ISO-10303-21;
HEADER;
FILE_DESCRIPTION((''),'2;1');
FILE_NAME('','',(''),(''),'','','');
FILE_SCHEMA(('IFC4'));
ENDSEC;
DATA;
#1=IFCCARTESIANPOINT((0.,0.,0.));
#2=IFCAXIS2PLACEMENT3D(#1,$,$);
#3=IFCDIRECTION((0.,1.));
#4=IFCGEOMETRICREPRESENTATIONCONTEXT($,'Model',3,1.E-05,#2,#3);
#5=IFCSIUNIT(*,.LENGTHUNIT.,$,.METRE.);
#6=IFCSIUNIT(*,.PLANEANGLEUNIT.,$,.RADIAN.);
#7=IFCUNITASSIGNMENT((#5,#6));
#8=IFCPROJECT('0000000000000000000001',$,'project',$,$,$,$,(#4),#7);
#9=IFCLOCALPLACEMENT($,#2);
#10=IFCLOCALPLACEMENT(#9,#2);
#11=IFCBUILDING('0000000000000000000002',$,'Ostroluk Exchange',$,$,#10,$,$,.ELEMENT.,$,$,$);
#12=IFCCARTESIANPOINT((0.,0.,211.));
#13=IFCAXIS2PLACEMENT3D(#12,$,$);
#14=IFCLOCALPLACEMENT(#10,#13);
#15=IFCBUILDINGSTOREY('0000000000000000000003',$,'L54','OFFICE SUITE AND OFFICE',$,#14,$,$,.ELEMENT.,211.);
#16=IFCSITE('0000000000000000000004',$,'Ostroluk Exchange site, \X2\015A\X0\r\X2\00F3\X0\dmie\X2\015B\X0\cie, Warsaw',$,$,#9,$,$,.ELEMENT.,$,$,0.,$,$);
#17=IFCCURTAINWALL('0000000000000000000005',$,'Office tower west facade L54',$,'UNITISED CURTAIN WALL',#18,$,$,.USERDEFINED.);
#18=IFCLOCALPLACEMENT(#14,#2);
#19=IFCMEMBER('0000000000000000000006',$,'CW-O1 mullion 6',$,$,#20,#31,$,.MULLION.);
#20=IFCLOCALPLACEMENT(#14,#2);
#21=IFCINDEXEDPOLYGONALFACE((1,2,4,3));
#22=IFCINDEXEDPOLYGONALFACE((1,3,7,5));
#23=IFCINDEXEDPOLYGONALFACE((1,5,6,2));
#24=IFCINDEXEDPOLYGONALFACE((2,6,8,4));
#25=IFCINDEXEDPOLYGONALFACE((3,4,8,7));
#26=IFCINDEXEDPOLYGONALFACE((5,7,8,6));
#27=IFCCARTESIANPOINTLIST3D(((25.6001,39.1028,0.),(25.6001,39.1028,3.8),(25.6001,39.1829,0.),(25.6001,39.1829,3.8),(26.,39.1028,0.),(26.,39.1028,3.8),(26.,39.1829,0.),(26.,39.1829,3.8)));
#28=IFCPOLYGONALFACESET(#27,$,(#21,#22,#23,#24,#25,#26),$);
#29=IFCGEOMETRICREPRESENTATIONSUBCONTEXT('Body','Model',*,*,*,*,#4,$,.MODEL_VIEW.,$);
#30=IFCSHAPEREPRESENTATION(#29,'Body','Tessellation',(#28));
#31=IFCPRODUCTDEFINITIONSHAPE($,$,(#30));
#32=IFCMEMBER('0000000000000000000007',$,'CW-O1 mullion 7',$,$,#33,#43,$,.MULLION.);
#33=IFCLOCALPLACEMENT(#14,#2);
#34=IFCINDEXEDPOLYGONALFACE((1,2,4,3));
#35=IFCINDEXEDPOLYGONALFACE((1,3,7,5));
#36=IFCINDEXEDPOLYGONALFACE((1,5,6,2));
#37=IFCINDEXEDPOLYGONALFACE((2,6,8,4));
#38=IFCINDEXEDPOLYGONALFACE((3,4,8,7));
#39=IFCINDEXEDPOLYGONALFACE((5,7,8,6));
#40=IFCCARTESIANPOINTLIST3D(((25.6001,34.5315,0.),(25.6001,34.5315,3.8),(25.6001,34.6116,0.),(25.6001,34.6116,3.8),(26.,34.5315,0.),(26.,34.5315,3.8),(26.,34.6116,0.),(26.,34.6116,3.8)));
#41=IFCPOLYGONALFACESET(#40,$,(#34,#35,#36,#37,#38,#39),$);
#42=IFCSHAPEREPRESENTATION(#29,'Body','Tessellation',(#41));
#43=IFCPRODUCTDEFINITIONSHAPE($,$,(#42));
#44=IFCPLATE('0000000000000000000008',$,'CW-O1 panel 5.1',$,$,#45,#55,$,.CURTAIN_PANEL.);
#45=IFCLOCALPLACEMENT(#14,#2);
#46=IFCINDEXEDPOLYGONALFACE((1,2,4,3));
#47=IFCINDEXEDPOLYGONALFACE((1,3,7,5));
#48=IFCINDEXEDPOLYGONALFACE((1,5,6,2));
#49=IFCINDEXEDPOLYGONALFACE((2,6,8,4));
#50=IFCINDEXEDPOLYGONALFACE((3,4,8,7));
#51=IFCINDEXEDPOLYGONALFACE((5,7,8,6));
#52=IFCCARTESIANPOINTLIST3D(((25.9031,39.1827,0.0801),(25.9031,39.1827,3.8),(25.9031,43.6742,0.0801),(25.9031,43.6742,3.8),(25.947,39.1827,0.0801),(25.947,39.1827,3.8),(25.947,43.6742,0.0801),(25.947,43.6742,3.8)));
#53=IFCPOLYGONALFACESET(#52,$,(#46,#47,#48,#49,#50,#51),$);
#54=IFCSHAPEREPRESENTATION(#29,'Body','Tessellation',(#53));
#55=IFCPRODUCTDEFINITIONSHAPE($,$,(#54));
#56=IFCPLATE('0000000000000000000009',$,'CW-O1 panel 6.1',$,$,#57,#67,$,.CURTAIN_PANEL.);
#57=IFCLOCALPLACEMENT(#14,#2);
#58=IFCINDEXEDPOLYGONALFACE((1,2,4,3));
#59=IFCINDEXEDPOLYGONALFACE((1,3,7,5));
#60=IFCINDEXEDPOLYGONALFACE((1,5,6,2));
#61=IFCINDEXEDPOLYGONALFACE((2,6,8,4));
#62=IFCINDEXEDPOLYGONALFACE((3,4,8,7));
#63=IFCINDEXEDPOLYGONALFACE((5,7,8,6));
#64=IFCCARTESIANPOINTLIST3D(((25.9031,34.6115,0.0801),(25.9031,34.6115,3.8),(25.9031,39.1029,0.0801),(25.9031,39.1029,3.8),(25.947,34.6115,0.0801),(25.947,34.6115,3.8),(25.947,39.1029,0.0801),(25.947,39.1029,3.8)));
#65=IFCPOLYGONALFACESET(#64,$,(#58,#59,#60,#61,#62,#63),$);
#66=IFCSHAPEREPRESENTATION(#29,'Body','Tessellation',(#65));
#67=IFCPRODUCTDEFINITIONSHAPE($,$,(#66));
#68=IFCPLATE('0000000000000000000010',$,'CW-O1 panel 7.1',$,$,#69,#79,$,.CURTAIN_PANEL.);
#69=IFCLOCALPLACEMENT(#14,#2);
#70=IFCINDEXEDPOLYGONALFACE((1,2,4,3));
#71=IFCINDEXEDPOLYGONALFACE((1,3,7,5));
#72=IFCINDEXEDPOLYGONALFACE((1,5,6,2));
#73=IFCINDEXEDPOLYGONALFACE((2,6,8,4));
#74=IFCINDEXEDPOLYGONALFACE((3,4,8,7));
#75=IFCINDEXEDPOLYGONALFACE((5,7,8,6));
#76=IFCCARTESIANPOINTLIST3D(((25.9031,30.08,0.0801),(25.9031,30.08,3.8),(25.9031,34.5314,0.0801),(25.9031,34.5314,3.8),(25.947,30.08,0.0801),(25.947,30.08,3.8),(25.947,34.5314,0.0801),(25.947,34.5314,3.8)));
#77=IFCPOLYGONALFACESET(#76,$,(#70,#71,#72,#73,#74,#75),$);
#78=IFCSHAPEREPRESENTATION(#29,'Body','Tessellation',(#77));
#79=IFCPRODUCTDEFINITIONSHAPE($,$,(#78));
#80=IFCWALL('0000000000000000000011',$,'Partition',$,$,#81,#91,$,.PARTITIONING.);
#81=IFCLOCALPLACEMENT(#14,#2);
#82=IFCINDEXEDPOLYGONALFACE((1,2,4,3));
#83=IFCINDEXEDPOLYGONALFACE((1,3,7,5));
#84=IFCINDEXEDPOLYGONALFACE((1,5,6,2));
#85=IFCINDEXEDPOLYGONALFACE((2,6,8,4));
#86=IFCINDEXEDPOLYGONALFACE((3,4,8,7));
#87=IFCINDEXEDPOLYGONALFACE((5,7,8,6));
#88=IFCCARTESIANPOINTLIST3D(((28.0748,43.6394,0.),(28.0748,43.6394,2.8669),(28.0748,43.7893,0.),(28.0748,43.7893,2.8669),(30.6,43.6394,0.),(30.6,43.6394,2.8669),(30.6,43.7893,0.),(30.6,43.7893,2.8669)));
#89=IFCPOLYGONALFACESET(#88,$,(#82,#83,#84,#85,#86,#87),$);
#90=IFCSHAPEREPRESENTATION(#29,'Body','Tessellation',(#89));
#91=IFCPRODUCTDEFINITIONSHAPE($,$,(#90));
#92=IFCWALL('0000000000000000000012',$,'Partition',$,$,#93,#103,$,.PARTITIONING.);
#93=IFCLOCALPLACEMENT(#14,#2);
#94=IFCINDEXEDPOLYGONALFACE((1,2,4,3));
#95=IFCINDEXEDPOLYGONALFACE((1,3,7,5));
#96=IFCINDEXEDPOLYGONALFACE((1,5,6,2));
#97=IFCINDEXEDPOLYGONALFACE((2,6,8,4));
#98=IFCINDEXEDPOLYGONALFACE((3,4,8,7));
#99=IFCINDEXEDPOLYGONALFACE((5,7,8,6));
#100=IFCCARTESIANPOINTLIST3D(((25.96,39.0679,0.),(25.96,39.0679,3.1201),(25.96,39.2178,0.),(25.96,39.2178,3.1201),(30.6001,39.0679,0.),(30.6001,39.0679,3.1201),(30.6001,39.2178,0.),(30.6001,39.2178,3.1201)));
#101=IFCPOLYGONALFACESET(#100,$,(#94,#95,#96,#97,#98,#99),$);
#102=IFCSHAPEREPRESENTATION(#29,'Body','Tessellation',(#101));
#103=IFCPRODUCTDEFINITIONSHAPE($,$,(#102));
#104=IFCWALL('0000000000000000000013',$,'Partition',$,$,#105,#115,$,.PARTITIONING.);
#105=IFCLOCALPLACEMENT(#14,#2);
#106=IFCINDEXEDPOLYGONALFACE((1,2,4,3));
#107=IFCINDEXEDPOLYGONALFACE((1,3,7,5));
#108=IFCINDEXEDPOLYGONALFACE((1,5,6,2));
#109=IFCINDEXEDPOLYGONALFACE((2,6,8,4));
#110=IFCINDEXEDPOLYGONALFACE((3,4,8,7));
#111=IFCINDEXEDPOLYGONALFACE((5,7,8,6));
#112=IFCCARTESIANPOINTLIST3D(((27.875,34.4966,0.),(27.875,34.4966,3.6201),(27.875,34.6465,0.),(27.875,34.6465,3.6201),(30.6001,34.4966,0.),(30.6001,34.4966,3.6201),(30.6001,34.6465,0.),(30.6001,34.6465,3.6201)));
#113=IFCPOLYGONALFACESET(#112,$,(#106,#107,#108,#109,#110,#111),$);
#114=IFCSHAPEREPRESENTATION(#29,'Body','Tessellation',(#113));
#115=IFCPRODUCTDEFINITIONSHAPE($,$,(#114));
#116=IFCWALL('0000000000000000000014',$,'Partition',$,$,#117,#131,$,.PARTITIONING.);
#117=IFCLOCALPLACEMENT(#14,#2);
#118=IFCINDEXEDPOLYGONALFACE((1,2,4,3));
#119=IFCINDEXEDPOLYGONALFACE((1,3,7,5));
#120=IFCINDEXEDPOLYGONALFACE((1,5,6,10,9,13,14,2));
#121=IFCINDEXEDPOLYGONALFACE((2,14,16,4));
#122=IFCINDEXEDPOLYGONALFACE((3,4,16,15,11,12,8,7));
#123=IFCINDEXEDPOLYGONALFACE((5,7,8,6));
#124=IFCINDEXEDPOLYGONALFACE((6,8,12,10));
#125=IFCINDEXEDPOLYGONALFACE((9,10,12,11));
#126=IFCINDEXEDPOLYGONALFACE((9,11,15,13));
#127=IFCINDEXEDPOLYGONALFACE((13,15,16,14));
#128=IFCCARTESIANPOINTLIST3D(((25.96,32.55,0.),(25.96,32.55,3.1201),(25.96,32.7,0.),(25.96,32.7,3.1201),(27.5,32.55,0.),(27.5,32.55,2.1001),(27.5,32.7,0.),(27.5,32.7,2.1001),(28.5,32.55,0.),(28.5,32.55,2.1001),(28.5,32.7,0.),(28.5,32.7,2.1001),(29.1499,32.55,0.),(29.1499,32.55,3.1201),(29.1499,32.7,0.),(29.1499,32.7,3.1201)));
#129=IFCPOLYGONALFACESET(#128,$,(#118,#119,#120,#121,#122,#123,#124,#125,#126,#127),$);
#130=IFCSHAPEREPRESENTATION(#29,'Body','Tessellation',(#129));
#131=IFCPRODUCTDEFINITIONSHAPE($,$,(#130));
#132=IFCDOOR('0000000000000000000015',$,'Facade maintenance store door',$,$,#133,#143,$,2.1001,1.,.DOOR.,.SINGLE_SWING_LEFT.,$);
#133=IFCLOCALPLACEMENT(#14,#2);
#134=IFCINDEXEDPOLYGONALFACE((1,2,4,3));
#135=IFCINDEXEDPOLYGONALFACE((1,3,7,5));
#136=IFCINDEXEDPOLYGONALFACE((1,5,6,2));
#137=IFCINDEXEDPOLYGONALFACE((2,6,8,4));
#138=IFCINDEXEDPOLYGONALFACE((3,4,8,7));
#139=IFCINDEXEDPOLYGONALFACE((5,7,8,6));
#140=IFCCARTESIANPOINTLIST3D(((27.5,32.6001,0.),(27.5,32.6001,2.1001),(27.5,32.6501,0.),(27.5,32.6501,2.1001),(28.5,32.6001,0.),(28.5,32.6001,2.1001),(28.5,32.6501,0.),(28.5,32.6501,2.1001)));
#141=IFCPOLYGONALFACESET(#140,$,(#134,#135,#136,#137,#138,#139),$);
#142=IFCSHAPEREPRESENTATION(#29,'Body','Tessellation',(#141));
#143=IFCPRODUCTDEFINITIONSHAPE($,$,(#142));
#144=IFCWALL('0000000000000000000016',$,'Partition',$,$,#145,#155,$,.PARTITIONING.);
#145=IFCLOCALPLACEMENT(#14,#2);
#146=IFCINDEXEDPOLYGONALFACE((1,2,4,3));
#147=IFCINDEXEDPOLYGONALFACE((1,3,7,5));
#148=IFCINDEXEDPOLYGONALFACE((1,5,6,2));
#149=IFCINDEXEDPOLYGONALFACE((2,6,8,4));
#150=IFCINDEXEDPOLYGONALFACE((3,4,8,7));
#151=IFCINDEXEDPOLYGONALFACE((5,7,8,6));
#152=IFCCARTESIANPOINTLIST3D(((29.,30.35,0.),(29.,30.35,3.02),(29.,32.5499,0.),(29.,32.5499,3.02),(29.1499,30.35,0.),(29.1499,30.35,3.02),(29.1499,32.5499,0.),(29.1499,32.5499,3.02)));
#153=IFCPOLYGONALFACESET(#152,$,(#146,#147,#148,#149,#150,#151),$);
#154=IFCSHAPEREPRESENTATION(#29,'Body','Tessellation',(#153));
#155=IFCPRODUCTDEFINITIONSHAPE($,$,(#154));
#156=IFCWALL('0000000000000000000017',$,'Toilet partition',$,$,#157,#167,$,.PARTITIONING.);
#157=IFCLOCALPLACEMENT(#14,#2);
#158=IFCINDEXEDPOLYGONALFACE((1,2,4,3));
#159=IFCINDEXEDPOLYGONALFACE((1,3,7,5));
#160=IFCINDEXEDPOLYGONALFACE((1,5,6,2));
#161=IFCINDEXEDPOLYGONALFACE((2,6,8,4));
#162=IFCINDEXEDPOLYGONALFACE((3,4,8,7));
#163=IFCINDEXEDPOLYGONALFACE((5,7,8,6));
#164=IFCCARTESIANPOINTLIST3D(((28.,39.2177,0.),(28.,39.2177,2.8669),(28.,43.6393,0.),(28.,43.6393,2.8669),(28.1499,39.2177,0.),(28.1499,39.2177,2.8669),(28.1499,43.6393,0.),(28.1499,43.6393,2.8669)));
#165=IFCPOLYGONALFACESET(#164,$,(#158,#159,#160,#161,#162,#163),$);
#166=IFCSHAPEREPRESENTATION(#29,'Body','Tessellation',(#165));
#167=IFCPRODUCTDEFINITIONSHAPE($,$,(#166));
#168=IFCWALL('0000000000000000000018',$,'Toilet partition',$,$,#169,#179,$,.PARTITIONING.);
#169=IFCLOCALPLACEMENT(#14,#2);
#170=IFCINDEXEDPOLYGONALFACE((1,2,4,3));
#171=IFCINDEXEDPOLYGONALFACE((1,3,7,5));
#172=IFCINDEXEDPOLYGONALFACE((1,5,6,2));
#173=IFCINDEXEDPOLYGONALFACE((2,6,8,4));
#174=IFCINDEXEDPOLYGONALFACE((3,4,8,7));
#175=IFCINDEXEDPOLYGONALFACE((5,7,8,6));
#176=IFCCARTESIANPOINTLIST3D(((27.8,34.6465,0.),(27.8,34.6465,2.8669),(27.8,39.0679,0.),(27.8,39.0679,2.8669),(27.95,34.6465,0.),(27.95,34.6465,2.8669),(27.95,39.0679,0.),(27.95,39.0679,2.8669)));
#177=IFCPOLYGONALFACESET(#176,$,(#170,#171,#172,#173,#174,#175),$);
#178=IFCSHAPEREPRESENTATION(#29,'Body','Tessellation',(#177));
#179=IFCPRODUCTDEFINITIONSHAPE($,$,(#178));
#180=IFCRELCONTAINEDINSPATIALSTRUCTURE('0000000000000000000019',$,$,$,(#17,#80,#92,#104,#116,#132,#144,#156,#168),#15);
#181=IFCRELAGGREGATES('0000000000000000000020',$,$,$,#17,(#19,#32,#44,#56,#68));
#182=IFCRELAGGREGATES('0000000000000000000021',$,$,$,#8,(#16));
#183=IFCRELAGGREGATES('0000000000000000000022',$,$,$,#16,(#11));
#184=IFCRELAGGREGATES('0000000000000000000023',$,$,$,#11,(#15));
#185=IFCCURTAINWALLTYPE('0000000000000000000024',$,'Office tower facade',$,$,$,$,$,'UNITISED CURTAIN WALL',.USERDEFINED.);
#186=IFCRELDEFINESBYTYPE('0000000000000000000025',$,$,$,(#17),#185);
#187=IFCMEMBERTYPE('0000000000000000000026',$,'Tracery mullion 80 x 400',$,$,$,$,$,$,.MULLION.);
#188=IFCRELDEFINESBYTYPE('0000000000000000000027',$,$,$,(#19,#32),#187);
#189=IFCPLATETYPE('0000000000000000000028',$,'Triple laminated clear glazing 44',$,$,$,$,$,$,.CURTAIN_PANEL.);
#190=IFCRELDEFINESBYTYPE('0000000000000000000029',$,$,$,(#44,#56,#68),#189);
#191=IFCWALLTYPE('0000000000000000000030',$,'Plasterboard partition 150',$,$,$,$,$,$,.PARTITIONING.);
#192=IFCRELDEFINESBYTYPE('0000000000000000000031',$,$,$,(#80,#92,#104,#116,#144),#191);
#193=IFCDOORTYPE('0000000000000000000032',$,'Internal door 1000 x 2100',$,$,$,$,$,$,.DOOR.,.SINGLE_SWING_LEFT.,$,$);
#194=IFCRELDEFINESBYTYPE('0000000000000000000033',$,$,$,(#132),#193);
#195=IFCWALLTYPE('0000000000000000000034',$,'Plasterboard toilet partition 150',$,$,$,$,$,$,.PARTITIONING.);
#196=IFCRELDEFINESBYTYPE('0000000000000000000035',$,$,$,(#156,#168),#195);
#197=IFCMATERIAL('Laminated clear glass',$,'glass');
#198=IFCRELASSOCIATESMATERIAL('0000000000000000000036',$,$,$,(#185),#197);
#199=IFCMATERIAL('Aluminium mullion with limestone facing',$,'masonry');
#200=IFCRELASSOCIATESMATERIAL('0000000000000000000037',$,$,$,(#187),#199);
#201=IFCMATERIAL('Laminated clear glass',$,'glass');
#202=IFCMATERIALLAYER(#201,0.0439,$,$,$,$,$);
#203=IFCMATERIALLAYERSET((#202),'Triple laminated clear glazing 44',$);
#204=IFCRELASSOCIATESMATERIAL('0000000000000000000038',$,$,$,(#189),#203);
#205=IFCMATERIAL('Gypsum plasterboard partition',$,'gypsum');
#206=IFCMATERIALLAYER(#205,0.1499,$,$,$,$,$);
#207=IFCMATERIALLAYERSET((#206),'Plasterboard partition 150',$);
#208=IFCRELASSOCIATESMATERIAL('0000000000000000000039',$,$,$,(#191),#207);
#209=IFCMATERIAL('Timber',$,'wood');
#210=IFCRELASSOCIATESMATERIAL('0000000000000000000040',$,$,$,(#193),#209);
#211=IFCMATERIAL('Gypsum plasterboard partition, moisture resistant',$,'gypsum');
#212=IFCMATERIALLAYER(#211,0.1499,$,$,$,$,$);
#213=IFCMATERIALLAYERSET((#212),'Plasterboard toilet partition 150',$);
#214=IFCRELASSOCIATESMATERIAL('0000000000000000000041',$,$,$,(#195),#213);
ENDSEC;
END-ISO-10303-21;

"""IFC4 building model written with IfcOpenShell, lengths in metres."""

from ifc_helpers import new_model, si_unit, direction, frame, frame_2d, origin, origin_2d, place, context, subcontext, project, spatial, rectangle, extrude, material, layer, layer_set, material_profile, profile_set, type_object, element, fill, aggregate, save


model = new_model("IFC4")

# Units and contexts
model_context = context("Model", 3, precision=1e-05, world=origin(), true_north=direction((0.0, 1.0)))
body_context = subcontext(model_context, "Body", "Model", "MODEL_VIEW")
ifc_project = project(units=[si_unit("LENGTHUNIT", "METRE"), si_unit("PLANEANGLEUNIT", "RADIAN")], contexts=[model_context])

# Site, building, storey
site_placement = place(None, origin())
site = spatial("IfcSite", under=ifc_project, at=site_placement, Name="Ostroluk Exchange site, Śródmieście, Warsaw", CompositionType="ELEMENT", RefElevation=0.0)
building_placement = place(site_placement, origin())
building = spatial("IfcBuilding", under=site, at=building_placement, Name="Ostroluk Exchange", CompositionType="ELEMENT")
storey_placement = place(building_placement, frame((0.0, 0.0, 211.0)))
storey = spatial("IfcBuildingStorey", under=building, at=storey_placement, Name="L54", Description="OFFICE SUITE AND OFFICE", CompositionType="ELEMENT", Elevation=211.0)

# Curtain wall, members, plates
ifc_material_1 = material(Name="Laminated clear glass", Category="glass")
curtain_wall_type = type_object("IfcCurtainWallType", Name="Office tower facade", ElementType="UNITISED CURTAIN WALL", PredefinedType="USERDEFINED", material=ifc_material_1)
curtain_wall_placement = place(storey_placement, origin())
curtain_wall = element("IfcCurtainWall", 1, at=curtain_wall_placement, inside=storey, type_object=curtain_wall_type, Name="Office tower west facade L54", ObjectType="UNITISED CURTAIN WALL", PredefinedType="USERDEFINED")
ifc_material_2 = material(Name="Aluminium mullion with limestone facing", Category="masonry")
ifc_material_profile_1 = material_profile(ifc_material_2, rectangle(XDim=0.3999, YDim=0.0801, at=origin_2d()), Name="Tracery mullion 80 x 400")
ifc_profile_set_1 = profile_set([ifc_material_profile_1], Name="Aluminium mullion with limestone facing")
member_type_1 = type_object("IfcMemberType", Name="Tracery mullion 80 x 400", PredefinedType="MULLION", material=ifc_profile_set_1)
member_1_placement = place(storey_placement, frame((25.8, 39.1428, 0.0), z_axis=(0.0, 0.0, 1.0), x_axis=(1.0, 0.0, 0.0)))
member_1 = element("IfcMember", 2, at=member_1_placement, type_object=member_type_1, Name="CW-O1 mullion 6", PredefinedType="MULLION", context=body_context, shape_type="SweptSolid", body=[
    extrude(rectangle(XDim=0.3999, YDim=0.0801, at=origin_2d()), origin(), (0.0, 0.0, 1.0), 3.8),
])
member_2_placement = place(storey_placement, frame((25.8, 34.5715, 0.0), z_axis=(0.0, 0.0, 1.0), x_axis=(1.0, 0.0, 0.0)))
member_2 = element("IfcMember", 3, at=member_2_placement, type_object=member_type_1, Name="CW-O1 mullion 7", PredefinedType="MULLION", context=body_context, shape_type="SweptSolid", body=[
    extrude(rectangle(XDim=0.3999, YDim=0.0801, at=origin_2d()), origin(), (0.0, 0.0, 1.0), 3.8),
])
ifc_material_3 = material(Name="Laminated clear glass", Category="glass")
ifc_layer_1 = layer(ifc_material_3, 0.0439)
ifc_layer_set_1 = layer_set([ifc_layer_1], Name="Triple laminated clear glazing 44")
plate_type = type_object("IfcPlateType", Name="Triple laminated clear glazing 44", PredefinedType="CURTAIN_PANEL", material=ifc_layer_set_1)
plate_1_placement = place(storey_placement, frame((25.925, 41.4285, 0.0801), z_axis=(0.0, 0.0, 1.0), x_axis=(0.0, -1.0, 0.0)))
plate_1 = element("IfcPlate", 4, at=plate_1_placement, type_object=plate_type, Name="CW-O1 panel 5.1", PredefinedType="CURTAIN_PANEL", context=body_context, shape_type="SweptSolid", body=[
    extrude(rectangle(XDim=4.4915, YDim=0.0439, at=origin_2d()), origin(), (0.0, 0.0, 1.0), 3.72),
])
plate_2_placement = place(storey_placement, frame((25.925, 36.8572, 0.0801), z_axis=(0.0, 0.0, 1.0), x_axis=(0.0, -1.0, 0.0)))
plate_2 = element("IfcPlate", 5, at=plate_2_placement, type_object=plate_type, Name="CW-O1 panel 6.1", PredefinedType="CURTAIN_PANEL", context=body_context, shape_type="SweptSolid", body=[
    extrude(rectangle(XDim=4.4915, YDim=0.0439, at=origin_2d()), origin(), (0.0, 0.0, 1.0), 3.72),
])
plate_3_placement = place(storey_placement, frame((25.925, 32.3057, 0.0801), z_axis=(0.0, 0.0, 1.0), x_axis=(0.0, -1.0, 0.0)))
plate_3 = element("IfcPlate", 6, at=plate_3_placement, type_object=plate_type, Name="CW-O1 panel 7.1", PredefinedType="CURTAIN_PANEL", context=body_context, shape_type="SweptSolid", body=[
    extrude(rectangle(XDim=4.4514, YDim=0.0439, at=origin_2d()), origin(), (0.0, 0.0, 1.0), 3.72),
])
aggregate(curtain_wall, [member_1, member_2, plate_1, plate_2, plate_3])

# Walls
ifc_material_4 = material(Name="Gypsum plasterboard partition", Category="gypsum")
ifc_layer_2 = layer(ifc_material_4, 0.1499)
ifc_layer_set_2 = layer_set([ifc_layer_2], Name="Plasterboard partition 150")
wall_type_1 = type_object("IfcWallType", Name="Plasterboard partition 150", PredefinedType="PARTITIONING", material=ifc_layer_set_2)
wall_1_placement = place(storey_placement, frame((30.6001, 43.7144, 0.0), z_axis=(0.0, 0.0, 1.0), x_axis=(-1.0, 0.0, 0.0)))
element("IfcWall", 7, at=wall_1_placement, inside=storey, type_object=wall_type_1, Name="Partition", PredefinedType="PARTITIONING", context=body_context, shape_type="SweptSolid", body=[
    extrude(rectangle(XDim=2.5251, YDim=0.1499, at=frame_2d((1.2627, 0.0))), origin(), (0.0, 0.0, 1.0), 2.8669),
])
wall_2_placement = place(storey_placement, frame((30.6001, 39.1428, 0.0), z_axis=(0.0, 0.0, 1.0), x_axis=(-1.0, 0.0, 0.0)))
element("IfcWall", 8, at=wall_2_placement, inside=storey, type_object=wall_type_1, Name="Partition", PredefinedType="PARTITIONING", context=body_context, shape_type="SweptSolid", body=[
    extrude(rectangle(XDim=4.6401, YDim=0.1499, at=frame_2d((2.3201, 0.0))), origin(), (0.0, 0.0, 1.0), 3.1201),
])
wall_3_placement = place(storey_placement, frame((30.6001, 34.5715, 0.0), z_axis=(0.0, 0.0, 1.0), x_axis=(-1.0, 0.0, 0.0)))
element("IfcWall", 9, at=wall_3_placement, inside=storey, type_object=wall_type_1, Name="Partition", PredefinedType="PARTITIONING", context=body_context, shape_type="SweptSolid", body=[
    extrude(rectangle(XDim=2.7251, YDim=0.1499, at=frame_2d((1.3625, 0.0))), origin(), (0.0, 0.0, 1.0), 3.6201),
])

# Wall, opening, door
wall_4_placement = place(storey_placement, frame((29.1499, 32.625, 0.0), z_axis=(0.0, 0.0, 1.0), x_axis=(-1.0, 0.0, 0.0)))
wall_4 = element("IfcWall", 10, at=wall_4_placement, inside=storey, type_object=wall_type_1, Name="Partition", PredefinedType="PARTITIONING", context=body_context, shape_type="SweptSolid", body=[
    extrude(rectangle(XDim=3.1899, YDim=0.1499, at=frame_2d((1.595, 0.0))), origin(), (0.0, 0.0, 1.0), 3.1201),
])
opening_placement = place(wall_4_placement, frame((0.6499, 0.0, 0.0)))
opening = element("IfcOpeningElement", 11, at=opening_placement, cuts=wall_4, PredefinedType="OPENING", context=body_context, shape_type="SweptSolid", body=[
    extrude(rectangle(XDim=1.0, YDim=2.1001, at=frame_2d((0.5, 1.05))), frame((0.0, 0.085, 0.0), z_axis=(0.0, -1.0, 0.0), x_axis=(1.0, 0.0, 0.0)), (0.0, 0.0, 1.0), 0.1699),
])
ifc_material_5 = material(Name="Timber", Category="wood")
door_type = type_object("IfcDoorType", Name="Internal door 1000 x 2100", OperationType="SINGLE_SWING_LEFT", PredefinedType="DOOR", material=ifc_material_5)
door_placement = place(opening_placement, origin())
door = element("IfcDoor", 12, at=door_placement, inside=storey, type_object=door_type, Name="Facade maintenance store door", OperationType="SINGLE_SWING_LEFT", OverallHeight=2.1001, OverallWidth=1.0, PredefinedType="DOOR", context=body_context, shape_type="SweptSolid", body=[
    extrude(rectangle(XDim=1.0, YDim=2.1001, at=frame_2d((0.5, 1.05))), frame((0.0, 0.0249, 0.0), z_axis=(0.0, -1.0, 0.0), x_axis=(1.0, 0.0, 0.0)), (0.0, 0.0, 1.0), 0.05),
])
fill(opening, door)

# Walls
wall_5_placement = place(storey_placement, frame((29.075, 32.55, 0.0), z_axis=(0.0, 0.0, 1.0), x_axis=(0.0, -1.0, 0.0)))
element("IfcWall", 13, at=wall_5_placement, inside=storey, type_object=wall_type_1, Name="Partition", PredefinedType="PARTITIONING", context=body_context, shape_type="SweptSolid", body=[
    extrude(rectangle(XDim=2.2, YDim=0.1499, at=frame_2d((1.1001, 0.0))), origin(), (0.0, 0.0, 1.0), 3.02),
])
ifc_material_6 = material(Name="Gypsum plasterboard partition, moisture resistant", Category="gypsum")
ifc_layer_3 = layer(ifc_material_6, 0.1499)
ifc_layer_set_3 = layer_set([ifc_layer_3], Name="Plasterboard toilet partition 150")
wall_type_2 = type_object("IfcWallType", Name="Plasterboard toilet partition 150", PredefinedType="PARTITIONING", material=ifc_layer_set_3)
wall_6_placement = place(storey_placement, frame((28.075, 43.6394, 0.0), z_axis=(0.0, 0.0, 1.0), x_axis=(0.0, -1.0, 0.0)))
element("IfcWall", 14, at=wall_6_placement, inside=storey, type_object=wall_type_2, Name="Toilet partition", PredefinedType="PARTITIONING", context=body_context, shape_type="SweptSolid", body=[
    extrude(rectangle(XDim=4.4216, YDim=0.1499, at=frame_2d((2.2109, 0.0))), origin(), (0.0, 0.0, 1.0), 2.8669),
])
wall_7_placement = place(storey_placement, frame((27.875, 39.0679, 0.0), z_axis=(0.0, 0.0, 1.0), x_axis=(0.0, -1.0, 0.0)))
element("IfcWall", 15, at=wall_7_placement, inside=storey, type_object=wall_type_2, Name="Toilet partition", PredefinedType="PARTITIONING", context=body_context, shape_type="SweptSolid", body=[
    extrude(rectangle(XDim=4.4214, YDim=0.1499, at=frame_2d((2.2107, 0.0))), origin(), (0.0, 0.0, 1.0), 2.8669),
])

save(model, "model.ifc")
